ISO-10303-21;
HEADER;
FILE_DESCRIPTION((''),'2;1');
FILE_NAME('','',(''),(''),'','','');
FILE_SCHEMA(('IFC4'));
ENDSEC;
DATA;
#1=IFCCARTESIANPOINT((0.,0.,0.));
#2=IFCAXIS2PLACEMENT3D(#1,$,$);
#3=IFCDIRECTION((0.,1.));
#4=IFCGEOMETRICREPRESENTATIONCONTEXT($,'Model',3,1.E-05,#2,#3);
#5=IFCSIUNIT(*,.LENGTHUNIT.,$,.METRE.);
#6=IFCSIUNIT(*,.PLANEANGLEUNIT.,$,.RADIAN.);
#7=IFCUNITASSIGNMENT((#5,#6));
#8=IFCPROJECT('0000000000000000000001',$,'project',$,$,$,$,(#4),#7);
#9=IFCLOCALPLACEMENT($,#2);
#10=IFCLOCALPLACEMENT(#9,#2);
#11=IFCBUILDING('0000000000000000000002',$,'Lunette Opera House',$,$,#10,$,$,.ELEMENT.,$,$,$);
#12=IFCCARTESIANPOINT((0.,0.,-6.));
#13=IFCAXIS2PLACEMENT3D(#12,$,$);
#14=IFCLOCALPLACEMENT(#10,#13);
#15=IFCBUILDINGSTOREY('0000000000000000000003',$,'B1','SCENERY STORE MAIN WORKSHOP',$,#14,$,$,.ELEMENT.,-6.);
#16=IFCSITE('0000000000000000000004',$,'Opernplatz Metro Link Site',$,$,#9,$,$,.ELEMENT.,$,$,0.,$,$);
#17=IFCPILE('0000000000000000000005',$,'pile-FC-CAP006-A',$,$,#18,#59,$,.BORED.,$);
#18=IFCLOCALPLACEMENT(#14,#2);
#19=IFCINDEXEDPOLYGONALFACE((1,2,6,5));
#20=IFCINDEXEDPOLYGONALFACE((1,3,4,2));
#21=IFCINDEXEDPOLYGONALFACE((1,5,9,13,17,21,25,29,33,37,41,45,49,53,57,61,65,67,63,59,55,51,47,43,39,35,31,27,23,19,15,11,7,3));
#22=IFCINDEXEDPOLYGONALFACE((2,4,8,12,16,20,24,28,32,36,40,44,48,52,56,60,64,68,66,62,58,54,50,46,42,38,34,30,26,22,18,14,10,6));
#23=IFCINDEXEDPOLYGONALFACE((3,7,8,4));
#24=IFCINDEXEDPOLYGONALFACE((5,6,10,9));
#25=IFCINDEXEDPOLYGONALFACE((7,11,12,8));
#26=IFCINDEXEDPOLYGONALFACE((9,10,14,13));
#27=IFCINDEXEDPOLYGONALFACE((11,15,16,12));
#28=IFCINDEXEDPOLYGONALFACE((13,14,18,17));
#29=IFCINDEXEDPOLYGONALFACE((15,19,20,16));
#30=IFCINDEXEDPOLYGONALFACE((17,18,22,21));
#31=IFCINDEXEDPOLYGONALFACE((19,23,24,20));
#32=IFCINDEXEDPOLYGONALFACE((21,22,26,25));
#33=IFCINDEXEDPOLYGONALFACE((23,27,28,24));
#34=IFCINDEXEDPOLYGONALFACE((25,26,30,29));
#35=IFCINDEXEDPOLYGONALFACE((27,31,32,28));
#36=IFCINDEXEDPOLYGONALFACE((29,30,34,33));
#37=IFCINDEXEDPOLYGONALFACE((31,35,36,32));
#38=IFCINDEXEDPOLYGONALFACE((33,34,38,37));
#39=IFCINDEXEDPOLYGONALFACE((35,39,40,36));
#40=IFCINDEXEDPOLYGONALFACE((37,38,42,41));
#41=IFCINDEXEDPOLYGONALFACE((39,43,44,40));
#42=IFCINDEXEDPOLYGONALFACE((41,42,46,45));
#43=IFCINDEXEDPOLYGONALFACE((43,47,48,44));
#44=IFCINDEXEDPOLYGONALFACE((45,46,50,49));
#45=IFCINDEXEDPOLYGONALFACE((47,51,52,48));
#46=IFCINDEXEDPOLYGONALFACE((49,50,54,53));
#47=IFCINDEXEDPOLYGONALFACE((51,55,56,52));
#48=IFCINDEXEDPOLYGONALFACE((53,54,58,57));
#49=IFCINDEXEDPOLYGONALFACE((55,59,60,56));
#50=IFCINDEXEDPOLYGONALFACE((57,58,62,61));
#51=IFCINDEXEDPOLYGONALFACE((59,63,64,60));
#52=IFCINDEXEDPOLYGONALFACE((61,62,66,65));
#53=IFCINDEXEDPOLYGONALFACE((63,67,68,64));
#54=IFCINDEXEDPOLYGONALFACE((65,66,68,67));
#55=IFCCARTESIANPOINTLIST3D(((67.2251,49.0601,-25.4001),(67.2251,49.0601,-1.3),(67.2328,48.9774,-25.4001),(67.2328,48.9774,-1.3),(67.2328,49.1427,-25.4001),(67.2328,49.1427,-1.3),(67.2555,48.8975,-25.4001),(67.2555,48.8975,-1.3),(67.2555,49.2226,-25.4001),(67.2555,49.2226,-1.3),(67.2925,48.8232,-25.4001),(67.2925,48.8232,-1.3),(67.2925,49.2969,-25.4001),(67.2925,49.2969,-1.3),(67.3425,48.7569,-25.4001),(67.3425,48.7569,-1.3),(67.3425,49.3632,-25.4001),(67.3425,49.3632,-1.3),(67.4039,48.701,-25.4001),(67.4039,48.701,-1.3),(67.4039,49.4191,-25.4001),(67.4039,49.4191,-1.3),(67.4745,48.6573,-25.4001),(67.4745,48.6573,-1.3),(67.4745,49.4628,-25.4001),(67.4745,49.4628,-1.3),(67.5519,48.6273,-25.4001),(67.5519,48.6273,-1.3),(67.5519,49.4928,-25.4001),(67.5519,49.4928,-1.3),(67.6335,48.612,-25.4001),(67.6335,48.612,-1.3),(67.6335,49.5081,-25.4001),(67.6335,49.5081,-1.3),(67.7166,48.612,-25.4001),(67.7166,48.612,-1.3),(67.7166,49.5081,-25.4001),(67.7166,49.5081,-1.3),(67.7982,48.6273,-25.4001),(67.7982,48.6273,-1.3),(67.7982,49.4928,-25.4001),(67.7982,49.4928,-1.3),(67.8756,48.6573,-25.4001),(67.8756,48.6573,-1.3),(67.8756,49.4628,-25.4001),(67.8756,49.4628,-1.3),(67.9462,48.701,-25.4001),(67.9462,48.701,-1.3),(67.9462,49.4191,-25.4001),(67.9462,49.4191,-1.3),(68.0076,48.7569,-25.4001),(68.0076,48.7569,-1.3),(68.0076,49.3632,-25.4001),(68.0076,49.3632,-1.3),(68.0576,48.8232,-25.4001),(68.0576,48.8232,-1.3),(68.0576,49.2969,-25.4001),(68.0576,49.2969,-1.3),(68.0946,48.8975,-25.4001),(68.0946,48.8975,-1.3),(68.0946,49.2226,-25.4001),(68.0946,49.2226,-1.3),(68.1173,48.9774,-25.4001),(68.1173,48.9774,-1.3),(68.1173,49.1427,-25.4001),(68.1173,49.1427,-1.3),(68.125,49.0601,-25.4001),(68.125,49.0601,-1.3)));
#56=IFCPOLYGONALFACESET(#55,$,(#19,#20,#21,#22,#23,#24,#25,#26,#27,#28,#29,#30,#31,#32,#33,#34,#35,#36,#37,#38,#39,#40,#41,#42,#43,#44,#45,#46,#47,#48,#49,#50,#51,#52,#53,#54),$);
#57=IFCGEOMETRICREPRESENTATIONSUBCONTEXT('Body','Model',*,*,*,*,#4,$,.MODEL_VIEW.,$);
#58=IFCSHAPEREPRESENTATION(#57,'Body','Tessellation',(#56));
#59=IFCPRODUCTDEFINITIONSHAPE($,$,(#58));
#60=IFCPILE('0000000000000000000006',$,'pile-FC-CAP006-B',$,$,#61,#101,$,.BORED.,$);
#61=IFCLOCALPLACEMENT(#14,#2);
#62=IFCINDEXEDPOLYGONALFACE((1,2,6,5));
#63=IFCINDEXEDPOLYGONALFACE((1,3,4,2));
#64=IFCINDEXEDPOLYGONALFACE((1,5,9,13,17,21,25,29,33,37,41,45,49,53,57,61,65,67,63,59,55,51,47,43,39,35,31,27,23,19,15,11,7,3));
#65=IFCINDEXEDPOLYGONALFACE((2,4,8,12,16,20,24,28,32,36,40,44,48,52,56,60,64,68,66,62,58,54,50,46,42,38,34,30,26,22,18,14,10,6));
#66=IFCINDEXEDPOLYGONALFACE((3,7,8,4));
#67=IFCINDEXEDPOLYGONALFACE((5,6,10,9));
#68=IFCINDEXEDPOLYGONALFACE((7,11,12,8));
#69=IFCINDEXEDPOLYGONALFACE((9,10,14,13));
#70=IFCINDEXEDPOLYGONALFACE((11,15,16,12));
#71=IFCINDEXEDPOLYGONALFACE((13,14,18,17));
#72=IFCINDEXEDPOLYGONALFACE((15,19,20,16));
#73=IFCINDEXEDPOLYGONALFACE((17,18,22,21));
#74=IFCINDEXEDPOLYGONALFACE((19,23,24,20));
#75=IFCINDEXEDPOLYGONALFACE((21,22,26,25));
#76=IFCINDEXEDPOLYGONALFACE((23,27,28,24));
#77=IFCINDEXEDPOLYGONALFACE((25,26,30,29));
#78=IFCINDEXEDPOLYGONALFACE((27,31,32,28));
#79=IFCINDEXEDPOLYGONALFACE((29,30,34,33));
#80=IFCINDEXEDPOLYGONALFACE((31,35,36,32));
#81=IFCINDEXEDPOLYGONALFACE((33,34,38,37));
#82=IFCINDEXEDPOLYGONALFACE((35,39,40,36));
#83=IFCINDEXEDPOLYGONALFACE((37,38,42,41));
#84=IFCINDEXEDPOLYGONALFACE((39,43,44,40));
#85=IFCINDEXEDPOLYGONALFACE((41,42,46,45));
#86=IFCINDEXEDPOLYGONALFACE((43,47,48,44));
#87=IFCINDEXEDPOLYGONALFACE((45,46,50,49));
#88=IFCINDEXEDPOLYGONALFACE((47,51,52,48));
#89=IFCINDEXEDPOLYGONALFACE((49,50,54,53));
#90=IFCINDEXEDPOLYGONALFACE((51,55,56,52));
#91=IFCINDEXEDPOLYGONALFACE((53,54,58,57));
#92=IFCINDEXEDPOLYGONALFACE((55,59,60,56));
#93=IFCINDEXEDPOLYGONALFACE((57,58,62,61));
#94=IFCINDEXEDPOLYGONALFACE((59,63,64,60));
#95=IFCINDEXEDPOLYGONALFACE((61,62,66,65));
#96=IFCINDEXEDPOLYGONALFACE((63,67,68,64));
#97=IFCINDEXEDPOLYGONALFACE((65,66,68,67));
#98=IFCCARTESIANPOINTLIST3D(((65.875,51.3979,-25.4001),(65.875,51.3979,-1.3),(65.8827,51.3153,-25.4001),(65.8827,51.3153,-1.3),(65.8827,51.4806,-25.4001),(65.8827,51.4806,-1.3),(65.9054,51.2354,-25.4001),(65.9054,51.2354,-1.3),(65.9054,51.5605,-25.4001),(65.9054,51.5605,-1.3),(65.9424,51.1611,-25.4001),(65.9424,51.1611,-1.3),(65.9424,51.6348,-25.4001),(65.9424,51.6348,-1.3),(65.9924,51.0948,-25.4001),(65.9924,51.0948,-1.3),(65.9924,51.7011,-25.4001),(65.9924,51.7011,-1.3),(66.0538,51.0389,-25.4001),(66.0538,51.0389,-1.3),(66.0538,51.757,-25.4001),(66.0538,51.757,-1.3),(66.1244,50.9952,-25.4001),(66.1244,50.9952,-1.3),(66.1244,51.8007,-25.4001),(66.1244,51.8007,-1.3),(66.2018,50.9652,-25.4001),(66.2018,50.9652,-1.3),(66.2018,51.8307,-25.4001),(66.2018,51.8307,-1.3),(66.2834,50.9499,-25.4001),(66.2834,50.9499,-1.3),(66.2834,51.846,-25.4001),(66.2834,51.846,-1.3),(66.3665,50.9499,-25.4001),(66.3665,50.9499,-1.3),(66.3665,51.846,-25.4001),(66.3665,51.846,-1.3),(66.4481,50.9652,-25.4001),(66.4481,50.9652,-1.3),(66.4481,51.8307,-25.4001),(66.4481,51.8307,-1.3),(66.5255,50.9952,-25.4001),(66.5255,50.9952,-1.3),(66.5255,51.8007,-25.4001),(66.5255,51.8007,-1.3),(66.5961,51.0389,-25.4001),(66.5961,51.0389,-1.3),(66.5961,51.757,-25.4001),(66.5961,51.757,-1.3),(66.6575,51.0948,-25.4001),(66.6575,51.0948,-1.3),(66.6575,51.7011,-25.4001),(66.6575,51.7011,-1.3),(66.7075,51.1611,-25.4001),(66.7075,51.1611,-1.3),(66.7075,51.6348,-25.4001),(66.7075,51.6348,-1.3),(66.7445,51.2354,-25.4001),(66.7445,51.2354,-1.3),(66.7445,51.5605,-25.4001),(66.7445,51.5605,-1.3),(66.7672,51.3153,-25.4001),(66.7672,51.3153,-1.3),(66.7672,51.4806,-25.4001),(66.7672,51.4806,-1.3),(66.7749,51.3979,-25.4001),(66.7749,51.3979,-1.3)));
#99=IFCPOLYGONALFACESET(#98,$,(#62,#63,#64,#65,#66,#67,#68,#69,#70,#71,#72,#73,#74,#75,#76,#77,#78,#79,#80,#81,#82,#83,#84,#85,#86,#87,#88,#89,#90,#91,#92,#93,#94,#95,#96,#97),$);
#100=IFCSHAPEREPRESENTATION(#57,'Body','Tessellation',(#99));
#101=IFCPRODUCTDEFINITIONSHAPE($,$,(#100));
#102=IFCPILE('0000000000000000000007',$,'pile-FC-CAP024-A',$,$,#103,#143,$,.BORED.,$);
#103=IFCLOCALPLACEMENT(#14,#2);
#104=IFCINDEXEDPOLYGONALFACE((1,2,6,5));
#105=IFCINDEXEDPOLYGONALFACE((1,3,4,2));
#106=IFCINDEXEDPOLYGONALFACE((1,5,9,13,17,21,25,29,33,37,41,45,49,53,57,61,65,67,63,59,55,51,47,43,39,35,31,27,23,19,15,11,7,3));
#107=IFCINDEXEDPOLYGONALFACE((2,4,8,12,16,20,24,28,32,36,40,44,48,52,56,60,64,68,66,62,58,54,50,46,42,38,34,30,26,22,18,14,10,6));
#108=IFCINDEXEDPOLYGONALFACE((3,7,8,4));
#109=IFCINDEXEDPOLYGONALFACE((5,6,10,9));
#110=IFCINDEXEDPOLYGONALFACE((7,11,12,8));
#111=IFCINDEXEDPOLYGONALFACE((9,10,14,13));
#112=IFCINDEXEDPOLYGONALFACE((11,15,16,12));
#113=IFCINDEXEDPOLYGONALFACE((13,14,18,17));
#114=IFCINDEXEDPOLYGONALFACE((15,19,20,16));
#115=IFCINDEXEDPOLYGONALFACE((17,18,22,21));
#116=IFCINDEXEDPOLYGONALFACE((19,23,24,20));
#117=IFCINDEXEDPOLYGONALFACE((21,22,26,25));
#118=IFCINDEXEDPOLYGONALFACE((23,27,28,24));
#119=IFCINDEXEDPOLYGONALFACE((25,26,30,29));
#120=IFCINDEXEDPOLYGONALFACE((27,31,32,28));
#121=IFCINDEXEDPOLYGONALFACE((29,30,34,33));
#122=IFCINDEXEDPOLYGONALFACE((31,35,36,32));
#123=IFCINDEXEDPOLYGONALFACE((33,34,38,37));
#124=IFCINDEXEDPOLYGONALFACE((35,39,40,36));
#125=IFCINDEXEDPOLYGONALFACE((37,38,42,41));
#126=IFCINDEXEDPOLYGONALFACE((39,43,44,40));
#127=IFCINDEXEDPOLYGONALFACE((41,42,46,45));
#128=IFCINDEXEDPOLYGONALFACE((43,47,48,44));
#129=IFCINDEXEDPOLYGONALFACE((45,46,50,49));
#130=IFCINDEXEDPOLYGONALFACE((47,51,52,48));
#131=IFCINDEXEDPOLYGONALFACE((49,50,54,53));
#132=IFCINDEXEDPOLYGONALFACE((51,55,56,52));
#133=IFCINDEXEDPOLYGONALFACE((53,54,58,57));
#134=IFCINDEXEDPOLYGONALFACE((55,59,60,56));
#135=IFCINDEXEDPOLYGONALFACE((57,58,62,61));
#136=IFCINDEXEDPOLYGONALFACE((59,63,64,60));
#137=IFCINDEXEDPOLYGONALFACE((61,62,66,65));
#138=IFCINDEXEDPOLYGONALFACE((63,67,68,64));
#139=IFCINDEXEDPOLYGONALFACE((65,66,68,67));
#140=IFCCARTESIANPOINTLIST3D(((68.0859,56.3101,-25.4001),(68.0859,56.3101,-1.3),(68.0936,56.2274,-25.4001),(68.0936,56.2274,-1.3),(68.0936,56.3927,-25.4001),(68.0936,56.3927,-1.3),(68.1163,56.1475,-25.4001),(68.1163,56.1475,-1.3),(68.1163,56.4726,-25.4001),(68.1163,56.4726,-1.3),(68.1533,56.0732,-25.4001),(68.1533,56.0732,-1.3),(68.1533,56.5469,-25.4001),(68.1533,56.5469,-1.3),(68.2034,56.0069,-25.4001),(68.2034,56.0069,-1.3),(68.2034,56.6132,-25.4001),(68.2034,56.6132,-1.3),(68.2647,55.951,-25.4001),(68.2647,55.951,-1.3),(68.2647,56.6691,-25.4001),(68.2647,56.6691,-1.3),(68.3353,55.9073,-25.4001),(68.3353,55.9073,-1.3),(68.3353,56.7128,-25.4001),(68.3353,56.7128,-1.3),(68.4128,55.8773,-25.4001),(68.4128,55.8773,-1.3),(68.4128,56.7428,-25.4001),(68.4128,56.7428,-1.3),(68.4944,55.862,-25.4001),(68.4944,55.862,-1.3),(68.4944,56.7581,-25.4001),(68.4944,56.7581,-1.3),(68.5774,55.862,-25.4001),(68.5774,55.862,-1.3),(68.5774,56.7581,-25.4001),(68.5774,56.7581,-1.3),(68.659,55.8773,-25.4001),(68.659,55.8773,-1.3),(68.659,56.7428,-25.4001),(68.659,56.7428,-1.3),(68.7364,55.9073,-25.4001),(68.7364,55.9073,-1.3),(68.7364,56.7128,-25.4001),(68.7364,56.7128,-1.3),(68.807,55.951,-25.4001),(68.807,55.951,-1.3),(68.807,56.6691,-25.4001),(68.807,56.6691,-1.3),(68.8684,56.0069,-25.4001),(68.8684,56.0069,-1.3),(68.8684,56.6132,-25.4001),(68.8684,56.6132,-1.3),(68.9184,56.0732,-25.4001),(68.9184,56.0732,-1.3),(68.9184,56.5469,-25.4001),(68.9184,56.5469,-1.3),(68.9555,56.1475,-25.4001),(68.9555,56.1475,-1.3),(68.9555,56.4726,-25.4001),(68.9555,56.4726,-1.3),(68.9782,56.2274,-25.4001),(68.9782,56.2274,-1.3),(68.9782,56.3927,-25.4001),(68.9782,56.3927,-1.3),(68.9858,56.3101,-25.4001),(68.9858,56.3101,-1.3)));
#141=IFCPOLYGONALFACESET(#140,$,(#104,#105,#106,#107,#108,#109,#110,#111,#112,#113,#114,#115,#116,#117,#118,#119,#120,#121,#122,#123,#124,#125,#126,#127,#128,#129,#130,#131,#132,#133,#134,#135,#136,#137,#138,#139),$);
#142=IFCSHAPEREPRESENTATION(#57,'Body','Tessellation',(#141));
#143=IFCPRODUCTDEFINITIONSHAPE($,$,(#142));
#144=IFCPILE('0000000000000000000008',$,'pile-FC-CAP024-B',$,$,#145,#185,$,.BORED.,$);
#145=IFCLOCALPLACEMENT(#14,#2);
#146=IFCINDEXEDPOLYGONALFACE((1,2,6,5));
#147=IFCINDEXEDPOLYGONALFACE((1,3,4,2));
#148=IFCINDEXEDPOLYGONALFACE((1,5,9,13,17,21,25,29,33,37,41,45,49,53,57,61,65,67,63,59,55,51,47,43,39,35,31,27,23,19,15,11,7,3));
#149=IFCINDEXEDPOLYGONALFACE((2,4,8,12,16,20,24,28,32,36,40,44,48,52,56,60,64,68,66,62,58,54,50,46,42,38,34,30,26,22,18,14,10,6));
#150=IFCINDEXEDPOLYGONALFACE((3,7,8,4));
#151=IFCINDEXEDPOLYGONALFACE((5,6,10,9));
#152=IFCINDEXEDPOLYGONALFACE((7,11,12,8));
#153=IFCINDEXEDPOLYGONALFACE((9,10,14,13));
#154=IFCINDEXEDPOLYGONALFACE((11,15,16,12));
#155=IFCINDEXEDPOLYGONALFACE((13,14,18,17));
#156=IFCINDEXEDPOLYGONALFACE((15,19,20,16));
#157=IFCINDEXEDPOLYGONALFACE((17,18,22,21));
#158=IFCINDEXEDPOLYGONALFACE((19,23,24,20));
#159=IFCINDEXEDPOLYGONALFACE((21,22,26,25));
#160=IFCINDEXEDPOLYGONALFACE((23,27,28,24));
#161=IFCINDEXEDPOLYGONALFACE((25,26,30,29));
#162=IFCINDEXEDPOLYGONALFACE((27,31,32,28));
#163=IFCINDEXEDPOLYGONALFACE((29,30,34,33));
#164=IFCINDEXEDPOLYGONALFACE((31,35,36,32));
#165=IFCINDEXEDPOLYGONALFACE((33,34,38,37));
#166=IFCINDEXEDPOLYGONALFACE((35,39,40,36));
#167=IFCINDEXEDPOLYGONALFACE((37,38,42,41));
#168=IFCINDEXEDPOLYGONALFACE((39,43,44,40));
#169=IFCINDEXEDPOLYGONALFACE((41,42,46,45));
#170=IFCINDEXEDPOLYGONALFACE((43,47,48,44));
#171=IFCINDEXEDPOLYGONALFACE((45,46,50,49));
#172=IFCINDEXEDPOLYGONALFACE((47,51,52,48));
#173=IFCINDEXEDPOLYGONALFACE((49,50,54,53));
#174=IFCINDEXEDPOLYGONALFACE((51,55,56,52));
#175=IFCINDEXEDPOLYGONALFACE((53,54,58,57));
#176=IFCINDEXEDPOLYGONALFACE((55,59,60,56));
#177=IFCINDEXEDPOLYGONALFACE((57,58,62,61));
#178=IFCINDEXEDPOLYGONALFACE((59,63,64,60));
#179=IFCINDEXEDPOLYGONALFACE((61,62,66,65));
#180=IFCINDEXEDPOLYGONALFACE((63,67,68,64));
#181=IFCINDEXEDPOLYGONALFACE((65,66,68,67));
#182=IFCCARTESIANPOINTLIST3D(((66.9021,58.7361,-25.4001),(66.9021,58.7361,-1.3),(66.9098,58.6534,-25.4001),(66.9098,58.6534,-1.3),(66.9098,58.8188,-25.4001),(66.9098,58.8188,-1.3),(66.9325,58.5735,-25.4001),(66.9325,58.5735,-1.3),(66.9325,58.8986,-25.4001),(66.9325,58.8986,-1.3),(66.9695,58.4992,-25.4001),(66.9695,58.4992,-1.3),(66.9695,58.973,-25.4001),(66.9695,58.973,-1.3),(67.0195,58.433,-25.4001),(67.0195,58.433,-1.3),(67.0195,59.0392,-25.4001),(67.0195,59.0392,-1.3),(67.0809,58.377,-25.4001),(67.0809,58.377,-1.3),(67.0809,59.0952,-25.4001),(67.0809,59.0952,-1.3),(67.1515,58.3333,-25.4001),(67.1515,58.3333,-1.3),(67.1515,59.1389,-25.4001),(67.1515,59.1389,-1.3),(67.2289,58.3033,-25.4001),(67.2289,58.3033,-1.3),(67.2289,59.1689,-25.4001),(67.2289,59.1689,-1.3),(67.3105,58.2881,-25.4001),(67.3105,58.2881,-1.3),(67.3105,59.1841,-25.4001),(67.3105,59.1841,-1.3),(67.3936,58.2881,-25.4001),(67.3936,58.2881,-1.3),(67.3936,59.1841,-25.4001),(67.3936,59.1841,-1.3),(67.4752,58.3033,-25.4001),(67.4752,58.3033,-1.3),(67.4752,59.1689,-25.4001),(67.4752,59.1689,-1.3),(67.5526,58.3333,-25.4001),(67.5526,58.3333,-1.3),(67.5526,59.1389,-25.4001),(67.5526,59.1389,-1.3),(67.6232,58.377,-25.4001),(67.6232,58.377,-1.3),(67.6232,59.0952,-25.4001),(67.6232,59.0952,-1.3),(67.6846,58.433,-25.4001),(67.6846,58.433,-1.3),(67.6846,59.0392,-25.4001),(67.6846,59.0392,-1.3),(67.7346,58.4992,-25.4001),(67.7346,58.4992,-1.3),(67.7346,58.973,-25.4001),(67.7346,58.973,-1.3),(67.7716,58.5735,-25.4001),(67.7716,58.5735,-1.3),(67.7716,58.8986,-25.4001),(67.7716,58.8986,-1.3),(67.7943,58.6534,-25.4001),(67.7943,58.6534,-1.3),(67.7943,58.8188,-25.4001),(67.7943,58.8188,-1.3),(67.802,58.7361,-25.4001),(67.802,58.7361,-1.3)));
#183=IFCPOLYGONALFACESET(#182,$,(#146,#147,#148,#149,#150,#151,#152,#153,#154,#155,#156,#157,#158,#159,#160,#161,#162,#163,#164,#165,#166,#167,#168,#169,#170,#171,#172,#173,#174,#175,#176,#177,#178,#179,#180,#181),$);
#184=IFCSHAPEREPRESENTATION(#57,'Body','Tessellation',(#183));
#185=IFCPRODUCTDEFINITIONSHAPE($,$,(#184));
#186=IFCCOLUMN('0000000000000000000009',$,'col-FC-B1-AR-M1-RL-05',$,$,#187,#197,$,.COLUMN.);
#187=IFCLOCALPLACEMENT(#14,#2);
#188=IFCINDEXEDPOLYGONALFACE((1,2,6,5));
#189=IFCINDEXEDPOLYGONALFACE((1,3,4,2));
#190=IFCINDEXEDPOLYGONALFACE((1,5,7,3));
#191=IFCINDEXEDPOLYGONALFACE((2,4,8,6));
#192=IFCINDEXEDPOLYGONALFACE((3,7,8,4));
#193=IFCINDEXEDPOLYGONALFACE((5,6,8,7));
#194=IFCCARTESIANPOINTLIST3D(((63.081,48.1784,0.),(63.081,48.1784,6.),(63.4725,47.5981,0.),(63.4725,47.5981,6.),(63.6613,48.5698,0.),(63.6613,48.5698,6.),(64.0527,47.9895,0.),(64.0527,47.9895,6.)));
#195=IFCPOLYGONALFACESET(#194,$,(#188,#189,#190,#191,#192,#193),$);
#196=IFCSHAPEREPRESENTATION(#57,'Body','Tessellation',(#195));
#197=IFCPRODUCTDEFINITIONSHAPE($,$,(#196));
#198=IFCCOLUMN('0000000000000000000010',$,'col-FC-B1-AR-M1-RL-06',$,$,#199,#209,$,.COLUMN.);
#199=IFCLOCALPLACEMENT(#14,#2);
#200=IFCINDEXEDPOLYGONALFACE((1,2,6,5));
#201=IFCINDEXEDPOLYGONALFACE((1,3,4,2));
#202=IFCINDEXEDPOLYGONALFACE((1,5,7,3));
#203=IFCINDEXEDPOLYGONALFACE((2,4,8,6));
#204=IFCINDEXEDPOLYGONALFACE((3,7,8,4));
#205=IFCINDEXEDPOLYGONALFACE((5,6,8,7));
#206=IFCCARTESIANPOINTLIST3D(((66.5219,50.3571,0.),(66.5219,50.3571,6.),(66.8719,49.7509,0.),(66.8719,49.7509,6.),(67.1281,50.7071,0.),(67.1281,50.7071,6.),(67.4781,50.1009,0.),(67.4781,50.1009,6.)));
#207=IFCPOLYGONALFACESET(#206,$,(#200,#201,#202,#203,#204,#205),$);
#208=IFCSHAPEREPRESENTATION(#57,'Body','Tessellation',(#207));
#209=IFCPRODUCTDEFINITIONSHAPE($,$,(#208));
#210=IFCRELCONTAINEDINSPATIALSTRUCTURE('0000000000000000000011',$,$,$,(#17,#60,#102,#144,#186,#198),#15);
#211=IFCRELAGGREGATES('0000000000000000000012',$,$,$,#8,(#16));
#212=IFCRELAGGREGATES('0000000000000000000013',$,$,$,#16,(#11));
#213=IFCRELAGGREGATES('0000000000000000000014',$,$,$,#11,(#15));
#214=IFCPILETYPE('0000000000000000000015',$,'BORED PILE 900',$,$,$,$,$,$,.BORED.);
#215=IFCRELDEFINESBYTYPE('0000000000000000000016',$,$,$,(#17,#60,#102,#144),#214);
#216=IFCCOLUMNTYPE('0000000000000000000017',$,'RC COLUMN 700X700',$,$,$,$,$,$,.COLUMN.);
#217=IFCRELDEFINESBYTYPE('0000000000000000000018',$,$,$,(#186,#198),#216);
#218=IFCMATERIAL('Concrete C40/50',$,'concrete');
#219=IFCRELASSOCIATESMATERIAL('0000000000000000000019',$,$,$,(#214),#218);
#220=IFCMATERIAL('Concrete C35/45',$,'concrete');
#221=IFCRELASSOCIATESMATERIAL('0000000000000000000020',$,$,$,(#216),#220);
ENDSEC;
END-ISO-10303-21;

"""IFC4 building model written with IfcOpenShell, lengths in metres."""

from ifc_helpers import new_model, si_unit, direction, frame, origin, origin_2d, place, context, subcontext, project, spatial, rectangle, circle, extrude, material, material_profile, profile_set, type_object, element, save


model = new_model("IFC4")

# Units and contexts
model_context = context("Model", 3, precision=1e-05, world=origin(), true_north=direction((0.0, 1.0)))
body_context = subcontext(model_context, "Body", "Model", "MODEL_VIEW")
ifc_project = project(units=[si_unit("LENGTHUNIT", "METRE"), si_unit("PLANEANGLEUNIT", "RADIAN")], contexts=[model_context])

# Site, building, storey
site_placement = place(None, origin())
site = spatial("IfcSite", under=ifc_project, at=site_placement, Name="Opernplatz Metro Link Site", CompositionType="ELEMENT", RefElevation=0.0)
building_placement = place(site_placement, origin())
building = spatial("IfcBuilding", under=site, at=building_placement, Name="Lunette Opera House", CompositionType="ELEMENT")
storey_placement = place(building_placement, frame((0.0, 0.0, -6.0)))
storey = spatial("IfcBuildingStorey", under=building, at=storey_placement, Name="B1", Description="SCENERY STORE MAIN WORKSHOP", CompositionType="ELEMENT", Elevation=-6.0)

# Piles
ifc_material_1 = material(Name="Concrete C40/50", Category="concrete")
ifc_material_profile_1 = material_profile(ifc_material_1, circle(Radius=0.45, at=origin_2d()), Name="BORED PILE 900")
ifc_profile_set_1 = profile_set([ifc_material_profile_1], Name="Concrete C40/50")
pile_type = type_object("IfcPileType", Name="BORED PILE 900", PredefinedType="BORED", material=ifc_profile_set_1)
for number, where, z_axis, x_axis, name in (
    (1, (67.675, 49.0601, -1.3), (0.0, 0.0, -1.0), (1.0, 0.0, 0.0), "pile-FC-CAP006-A"),
    (2, (66.325, 51.3979, -1.3), (0.0, 0.0, -1.0), (1.0, 0.0, 0.0), "pile-FC-CAP006-B"),
    (3, (68.5359, 56.3101, -1.3), (0.0, 0.0, -1.0), (1.0, 0.0, 0.0), "pile-FC-CAP024-A"),
    (4, (67.3521, 58.7361, -1.3), (0.0, 0.0, -1.0), (1.0, 0.0, 0.0), "pile-FC-CAP024-B"),
):
    element("IfcPile", number, at=place(storey_placement, frame(where, z_axis=z_axis, x_axis=x_axis)), inside=storey, type_object=pile_type, Name=name, PredefinedType="BORED", context=body_context, shape_type="SweptSolid", body=[
        extrude(circle(Radius=0.45, at=origin_2d()), origin(), (0.0, 0.0, 1.0), 24.1001),
    ])

# Columns
ifc_material_2 = material(Name="Concrete C35/45", Category="concrete")
ifc_material_profile_2 = material_profile(ifc_material_2, rectangle(XDim=0.7, YDim=0.7, at=origin_2d()), Name="RC COLUMN 700X700")
ifc_profile_set_2 = profile_set([ifc_material_profile_2], Name="Concrete C35/45")
column_type = type_object("IfcColumnType", Name="RC COLUMN 700X700", PredefinedType="COLUMN", material=ifc_profile_set_2)
for number, where, z_axis, x_axis, name in (
    (5, (63.5669, 48.084, 0.0), (0.0, 0.0, 1.0), (0.829038, 0.559193, 0.0), "col-FC-B1-AR-M1-RL-05"),
    (6, (67.0, 50.229, 0.0), (0.0, 0.0, 1.0), (0.866025, 0.5, 0.0), "col-FC-B1-AR-M1-RL-06"),
):
    element("IfcColumn", number, at=place(storey_placement, frame(where, z_axis=z_axis, x_axis=x_axis)), inside=storey, type_object=column_type, Name=name, PredefinedType="COLUMN", context=body_context, shape_type="SweptSolid", body=[
        extrude(rectangle(XDim=0.7, YDim=0.7, at=origin_2d()), origin(), (0.0, 0.0, 1.0), 6.0),
    ])

save(model, "model.ifc")
